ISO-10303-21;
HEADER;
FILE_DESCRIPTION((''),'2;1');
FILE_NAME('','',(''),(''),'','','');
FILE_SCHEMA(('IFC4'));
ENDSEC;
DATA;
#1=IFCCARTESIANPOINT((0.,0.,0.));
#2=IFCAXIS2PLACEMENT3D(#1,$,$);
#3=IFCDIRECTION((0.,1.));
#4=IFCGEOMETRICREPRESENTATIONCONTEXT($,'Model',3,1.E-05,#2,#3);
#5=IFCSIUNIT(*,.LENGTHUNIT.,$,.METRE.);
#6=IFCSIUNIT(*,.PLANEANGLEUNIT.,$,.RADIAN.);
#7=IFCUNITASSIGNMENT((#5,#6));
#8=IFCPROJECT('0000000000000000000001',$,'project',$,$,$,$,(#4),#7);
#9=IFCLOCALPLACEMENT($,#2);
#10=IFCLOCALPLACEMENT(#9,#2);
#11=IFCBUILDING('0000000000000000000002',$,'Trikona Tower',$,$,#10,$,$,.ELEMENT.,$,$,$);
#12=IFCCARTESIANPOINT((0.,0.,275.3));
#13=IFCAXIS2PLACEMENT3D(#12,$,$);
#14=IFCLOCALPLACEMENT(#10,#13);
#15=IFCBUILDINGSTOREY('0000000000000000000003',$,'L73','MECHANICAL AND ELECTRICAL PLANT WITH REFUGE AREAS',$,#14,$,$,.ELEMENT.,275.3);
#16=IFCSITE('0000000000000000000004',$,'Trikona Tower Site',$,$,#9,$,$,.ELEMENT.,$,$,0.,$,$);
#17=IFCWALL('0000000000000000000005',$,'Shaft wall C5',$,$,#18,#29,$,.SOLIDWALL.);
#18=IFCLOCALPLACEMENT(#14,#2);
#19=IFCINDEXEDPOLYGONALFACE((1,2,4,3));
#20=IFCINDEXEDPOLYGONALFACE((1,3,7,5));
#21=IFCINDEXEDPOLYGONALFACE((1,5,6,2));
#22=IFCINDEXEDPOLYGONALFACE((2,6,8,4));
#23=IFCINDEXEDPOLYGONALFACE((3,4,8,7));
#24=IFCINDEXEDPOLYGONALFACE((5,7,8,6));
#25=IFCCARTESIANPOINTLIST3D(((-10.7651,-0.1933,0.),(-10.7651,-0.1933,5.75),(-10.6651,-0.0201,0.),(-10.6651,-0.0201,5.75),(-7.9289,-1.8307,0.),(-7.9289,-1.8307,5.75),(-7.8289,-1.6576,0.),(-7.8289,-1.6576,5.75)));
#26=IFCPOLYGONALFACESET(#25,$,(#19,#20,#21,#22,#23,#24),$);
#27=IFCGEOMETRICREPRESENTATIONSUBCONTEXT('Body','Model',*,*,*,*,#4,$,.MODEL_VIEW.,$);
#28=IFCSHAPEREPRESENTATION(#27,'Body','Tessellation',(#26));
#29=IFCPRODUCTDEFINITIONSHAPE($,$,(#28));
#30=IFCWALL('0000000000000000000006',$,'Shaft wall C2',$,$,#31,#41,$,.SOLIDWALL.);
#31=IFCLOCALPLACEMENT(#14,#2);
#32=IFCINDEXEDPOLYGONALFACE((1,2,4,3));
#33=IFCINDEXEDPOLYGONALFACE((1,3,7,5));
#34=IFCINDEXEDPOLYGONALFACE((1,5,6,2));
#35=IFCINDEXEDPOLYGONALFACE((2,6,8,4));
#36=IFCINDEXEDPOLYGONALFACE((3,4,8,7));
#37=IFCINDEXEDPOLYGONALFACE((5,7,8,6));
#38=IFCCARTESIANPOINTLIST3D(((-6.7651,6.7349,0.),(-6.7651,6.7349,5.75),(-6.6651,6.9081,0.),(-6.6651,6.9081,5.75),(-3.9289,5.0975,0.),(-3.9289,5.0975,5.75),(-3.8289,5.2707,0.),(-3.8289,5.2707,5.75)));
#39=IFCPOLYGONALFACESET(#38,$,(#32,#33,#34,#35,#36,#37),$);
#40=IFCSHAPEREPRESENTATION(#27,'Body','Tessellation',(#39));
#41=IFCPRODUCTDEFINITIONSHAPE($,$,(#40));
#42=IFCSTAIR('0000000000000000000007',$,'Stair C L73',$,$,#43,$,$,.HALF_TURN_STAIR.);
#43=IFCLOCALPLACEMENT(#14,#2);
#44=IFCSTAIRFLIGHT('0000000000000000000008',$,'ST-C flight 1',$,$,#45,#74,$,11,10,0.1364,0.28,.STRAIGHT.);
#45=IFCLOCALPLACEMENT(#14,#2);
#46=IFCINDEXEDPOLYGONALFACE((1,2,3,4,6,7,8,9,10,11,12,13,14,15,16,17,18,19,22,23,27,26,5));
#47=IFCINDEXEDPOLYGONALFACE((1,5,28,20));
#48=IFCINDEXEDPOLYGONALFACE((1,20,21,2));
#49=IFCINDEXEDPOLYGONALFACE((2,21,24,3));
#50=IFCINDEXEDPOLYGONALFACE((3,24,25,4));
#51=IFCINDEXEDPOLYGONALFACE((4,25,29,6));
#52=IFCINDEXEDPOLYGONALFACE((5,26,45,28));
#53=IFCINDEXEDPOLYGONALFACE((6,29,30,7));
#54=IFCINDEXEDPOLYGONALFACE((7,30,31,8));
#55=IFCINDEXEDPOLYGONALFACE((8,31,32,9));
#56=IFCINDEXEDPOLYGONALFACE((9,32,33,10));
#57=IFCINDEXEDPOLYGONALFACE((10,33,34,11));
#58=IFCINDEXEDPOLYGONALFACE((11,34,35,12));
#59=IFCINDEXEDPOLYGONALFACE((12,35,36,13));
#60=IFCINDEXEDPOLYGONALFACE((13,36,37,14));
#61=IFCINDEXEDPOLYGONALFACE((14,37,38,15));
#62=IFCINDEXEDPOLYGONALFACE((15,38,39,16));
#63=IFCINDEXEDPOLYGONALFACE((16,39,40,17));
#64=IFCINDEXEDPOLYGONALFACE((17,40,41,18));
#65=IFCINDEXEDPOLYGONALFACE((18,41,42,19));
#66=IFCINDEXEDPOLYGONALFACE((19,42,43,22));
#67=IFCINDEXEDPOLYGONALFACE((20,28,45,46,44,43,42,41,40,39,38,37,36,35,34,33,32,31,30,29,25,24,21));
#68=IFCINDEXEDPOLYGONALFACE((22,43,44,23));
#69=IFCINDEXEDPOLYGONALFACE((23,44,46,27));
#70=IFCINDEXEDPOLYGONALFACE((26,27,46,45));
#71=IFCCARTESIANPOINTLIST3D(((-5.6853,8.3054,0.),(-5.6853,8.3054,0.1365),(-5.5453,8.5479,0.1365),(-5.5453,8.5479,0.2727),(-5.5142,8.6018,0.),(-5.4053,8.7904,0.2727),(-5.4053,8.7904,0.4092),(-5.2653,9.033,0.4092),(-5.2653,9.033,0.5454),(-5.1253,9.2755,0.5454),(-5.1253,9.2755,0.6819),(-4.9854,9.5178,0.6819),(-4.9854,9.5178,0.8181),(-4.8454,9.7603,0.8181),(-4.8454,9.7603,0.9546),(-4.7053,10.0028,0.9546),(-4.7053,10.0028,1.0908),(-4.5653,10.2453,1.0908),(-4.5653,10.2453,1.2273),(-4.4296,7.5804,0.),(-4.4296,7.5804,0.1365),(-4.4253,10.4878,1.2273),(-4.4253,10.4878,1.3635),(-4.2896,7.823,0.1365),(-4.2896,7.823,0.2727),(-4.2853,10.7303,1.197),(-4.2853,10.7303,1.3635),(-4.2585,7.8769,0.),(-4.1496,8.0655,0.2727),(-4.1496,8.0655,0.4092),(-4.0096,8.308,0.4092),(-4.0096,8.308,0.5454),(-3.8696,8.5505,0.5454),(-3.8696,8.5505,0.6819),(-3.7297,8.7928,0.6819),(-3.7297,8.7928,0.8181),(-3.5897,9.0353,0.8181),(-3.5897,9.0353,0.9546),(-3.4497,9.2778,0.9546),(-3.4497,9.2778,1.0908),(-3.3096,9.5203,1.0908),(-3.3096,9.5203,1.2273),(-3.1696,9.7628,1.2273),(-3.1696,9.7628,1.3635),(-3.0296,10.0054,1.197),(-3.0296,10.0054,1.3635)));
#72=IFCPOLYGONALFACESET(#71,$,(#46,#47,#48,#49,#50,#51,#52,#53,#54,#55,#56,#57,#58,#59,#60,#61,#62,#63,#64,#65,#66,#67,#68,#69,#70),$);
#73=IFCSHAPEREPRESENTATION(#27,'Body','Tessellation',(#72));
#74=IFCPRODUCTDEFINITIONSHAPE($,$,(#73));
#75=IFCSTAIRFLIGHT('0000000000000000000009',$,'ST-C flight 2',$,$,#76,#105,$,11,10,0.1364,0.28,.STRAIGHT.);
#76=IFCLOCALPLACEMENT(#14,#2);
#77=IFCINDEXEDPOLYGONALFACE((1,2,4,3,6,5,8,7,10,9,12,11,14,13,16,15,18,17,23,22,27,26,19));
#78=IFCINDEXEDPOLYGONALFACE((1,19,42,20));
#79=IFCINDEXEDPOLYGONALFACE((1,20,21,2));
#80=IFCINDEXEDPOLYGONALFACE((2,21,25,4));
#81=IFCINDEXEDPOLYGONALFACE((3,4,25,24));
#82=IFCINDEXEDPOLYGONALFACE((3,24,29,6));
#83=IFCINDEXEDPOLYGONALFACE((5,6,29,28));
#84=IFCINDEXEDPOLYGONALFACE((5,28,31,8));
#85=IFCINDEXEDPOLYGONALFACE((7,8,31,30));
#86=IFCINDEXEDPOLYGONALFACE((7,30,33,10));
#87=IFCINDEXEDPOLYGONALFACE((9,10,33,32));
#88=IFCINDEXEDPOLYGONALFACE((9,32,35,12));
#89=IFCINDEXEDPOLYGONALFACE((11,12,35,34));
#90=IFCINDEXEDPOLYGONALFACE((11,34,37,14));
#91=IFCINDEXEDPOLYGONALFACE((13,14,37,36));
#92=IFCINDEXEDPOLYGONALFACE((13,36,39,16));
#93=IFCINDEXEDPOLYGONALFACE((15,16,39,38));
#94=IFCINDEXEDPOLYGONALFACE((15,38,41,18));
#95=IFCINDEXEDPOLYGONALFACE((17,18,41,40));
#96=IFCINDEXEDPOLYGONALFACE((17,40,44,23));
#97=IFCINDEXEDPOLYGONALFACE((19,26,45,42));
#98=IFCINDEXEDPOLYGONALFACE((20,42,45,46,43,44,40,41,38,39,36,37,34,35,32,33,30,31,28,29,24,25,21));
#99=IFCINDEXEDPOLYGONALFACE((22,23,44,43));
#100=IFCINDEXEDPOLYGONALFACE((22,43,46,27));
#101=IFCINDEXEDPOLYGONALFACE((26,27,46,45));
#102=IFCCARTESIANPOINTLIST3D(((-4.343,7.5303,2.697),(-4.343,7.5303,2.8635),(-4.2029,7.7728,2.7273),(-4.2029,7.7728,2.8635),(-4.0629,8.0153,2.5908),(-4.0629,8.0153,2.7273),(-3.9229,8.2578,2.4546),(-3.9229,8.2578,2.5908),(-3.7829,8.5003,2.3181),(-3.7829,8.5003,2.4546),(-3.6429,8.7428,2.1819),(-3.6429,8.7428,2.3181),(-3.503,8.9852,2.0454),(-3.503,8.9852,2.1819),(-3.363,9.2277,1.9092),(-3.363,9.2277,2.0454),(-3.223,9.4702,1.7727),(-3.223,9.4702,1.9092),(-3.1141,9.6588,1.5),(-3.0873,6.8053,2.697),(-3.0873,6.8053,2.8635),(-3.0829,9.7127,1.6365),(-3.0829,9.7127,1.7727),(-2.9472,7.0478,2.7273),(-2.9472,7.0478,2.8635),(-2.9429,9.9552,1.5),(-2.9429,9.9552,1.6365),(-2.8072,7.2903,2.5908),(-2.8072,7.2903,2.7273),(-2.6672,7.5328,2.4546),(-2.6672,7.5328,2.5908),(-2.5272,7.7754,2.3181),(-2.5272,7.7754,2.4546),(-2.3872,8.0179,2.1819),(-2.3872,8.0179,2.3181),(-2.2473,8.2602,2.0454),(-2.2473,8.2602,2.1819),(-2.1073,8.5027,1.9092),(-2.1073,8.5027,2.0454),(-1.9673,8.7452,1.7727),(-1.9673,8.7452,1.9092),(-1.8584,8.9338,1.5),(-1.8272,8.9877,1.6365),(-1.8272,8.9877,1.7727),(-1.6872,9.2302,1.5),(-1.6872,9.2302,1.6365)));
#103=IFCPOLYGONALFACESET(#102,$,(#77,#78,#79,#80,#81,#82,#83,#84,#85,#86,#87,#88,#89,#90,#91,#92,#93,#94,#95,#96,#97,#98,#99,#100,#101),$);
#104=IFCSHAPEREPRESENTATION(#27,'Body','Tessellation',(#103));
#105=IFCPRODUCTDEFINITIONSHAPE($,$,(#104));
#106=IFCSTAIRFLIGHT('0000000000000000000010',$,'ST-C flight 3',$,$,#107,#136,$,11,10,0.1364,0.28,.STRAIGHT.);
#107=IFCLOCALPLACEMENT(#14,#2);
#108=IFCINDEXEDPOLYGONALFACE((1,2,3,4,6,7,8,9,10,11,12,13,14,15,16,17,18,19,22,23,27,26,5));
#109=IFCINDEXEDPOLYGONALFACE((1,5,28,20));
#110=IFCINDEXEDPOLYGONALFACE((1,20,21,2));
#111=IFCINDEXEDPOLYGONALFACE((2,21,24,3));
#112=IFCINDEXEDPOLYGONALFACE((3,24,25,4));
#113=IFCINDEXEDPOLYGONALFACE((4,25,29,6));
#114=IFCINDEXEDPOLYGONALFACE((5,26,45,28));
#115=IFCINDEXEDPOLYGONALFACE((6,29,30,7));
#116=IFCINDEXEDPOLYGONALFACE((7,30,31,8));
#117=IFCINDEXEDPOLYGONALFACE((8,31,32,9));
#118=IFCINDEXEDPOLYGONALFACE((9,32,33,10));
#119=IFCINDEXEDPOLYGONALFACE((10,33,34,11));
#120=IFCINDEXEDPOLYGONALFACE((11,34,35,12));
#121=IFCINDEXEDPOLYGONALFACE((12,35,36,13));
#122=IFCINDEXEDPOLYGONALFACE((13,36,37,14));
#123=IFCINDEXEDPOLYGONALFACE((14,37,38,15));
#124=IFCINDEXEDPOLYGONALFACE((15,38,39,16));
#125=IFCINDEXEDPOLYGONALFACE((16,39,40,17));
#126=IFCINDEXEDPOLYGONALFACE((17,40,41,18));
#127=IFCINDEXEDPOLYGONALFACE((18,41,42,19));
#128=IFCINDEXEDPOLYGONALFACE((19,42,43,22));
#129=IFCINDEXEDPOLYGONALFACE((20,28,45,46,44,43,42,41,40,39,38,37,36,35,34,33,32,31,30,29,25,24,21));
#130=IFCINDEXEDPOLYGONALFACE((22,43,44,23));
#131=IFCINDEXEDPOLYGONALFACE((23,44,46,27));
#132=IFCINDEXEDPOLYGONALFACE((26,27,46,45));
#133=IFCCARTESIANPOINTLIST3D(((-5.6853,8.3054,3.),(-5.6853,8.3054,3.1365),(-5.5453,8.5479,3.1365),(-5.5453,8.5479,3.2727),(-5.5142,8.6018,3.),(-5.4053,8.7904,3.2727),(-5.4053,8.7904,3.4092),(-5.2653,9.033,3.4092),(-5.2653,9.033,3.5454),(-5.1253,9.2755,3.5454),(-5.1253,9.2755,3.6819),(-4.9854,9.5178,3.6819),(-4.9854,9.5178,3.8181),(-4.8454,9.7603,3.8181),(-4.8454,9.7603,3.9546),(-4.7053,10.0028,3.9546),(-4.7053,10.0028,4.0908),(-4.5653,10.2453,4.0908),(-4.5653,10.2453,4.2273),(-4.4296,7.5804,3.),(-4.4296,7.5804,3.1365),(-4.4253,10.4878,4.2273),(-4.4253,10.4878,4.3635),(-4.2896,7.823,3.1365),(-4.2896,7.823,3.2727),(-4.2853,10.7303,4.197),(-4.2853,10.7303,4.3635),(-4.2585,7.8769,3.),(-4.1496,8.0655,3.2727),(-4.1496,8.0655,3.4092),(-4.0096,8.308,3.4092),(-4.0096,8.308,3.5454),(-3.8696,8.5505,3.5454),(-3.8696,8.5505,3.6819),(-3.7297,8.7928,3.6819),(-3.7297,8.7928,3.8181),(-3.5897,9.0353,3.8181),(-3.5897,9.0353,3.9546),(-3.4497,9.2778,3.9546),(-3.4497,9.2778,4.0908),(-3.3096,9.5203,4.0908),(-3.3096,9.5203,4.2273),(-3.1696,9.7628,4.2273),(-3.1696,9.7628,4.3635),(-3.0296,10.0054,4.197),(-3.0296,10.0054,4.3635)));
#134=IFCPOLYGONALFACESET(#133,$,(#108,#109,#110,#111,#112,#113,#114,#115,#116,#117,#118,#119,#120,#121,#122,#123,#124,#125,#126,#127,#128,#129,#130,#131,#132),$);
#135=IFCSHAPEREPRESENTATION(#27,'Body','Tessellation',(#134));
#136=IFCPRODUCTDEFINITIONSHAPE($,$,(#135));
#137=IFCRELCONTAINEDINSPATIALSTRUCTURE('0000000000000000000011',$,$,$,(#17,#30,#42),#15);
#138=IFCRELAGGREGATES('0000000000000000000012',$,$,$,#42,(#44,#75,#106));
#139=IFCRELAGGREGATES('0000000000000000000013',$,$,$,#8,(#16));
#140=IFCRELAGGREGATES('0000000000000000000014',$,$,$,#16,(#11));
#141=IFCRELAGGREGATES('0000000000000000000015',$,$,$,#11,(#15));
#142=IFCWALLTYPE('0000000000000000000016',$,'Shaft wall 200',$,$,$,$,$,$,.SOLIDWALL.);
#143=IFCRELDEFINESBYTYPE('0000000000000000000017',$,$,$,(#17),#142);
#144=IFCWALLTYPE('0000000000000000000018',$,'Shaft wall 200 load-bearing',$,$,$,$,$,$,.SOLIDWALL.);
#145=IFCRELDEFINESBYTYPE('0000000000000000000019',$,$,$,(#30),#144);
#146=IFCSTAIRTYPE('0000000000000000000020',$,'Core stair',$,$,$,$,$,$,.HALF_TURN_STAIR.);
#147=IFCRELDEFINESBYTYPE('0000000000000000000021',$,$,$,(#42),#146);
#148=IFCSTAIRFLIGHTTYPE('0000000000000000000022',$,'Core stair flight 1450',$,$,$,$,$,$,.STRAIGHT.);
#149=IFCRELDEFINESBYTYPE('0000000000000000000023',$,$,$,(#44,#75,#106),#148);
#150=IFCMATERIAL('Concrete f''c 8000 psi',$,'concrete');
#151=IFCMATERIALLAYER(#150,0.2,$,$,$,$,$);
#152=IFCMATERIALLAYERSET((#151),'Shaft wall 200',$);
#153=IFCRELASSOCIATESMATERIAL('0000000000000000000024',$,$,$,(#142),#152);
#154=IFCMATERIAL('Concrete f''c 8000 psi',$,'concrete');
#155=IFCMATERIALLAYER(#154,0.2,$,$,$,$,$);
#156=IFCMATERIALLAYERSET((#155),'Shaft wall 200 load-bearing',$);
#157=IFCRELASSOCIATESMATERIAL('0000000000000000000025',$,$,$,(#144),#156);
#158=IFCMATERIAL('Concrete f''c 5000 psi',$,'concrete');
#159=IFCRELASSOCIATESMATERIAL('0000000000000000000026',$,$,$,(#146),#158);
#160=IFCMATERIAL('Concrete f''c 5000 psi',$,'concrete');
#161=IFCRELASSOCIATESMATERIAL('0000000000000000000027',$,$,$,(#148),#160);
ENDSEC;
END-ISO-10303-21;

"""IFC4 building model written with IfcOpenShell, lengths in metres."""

from ifc_helpers import new_model, si_unit, direction, frame, frame_2d, origin, place, context, subcontext, project, spatial, polyline, rectangle, outline, extrude, material, layer, layer_set, type_object, element, aggregate, save


model = new_model("IFC4")

# Units and contexts
model_context = context("Model", 3, precision=1e-05, world=origin(), true_north=direction((0.0, 1.0)))
body_context = subcontext(model_context, "Body", "Model", "MODEL_VIEW")
ifc_project = project(units=[si_unit("LENGTHUNIT", "METRE"), si_unit("PLANEANGLEUNIT", "RADIAN")], contexts=[model_context])

# Site, building, storey
site_placement = place(None, origin())
site = spatial("IfcSite", under=ifc_project, at=site_placement, Name="Trikona Tower Site", CompositionType="ELEMENT", RefElevation=0.0)
building_placement = place(site_placement, origin())
building = spatial("IfcBuilding", under=site, at=building_placement, Name="Trikona Tower", CompositionType="ELEMENT")
storey_placement = place(building_placement, frame((0.0, 0.0, 275.3)))
storey = spatial("IfcBuildingStorey", under=building, at=storey_placement, Name="L73", Description="MECHANICAL AND ELECTRICAL PLANT WITH REFUGE AREAS", CompositionType="ELEMENT", Elevation=275.3)

# Walls
ifc_material_1 = material(Name="Concrete f'c 8000 psi", Category="concrete")
ifc_layer_1 = layer(ifc_material_1, 0.2)
ifc_layer_set_1 = layer_set([ifc_layer_1], Name="Shaft wall 200")
wall_type_1 = type_object("IfcWallType", Name="Shaft wall 200", PredefinedType="SOLIDWALL", material=ifc_layer_set_1)
for number, where, z_axis, x_axis, name in (
    (1, (-7.8789, -1.7441, 0.0), (0.0, 0.0, 1.0), (-0.866028, 0.499996, 0.0), "Shaft wall C5"),
):
    element("IfcWall", number, at=place(storey_placement, frame(where, z_axis=z_axis, x_axis=x_axis)), inside=storey, type_object=wall_type_1, Name=name, PredefinedType="SOLIDWALL", context=body_context, shape_type="SweptSolid", body=[
        extrude(rectangle(XDim=3.2749, YDim=0.2, at=frame_2d((1.6375, 0.0))), origin(), (0.0, 0.0, 1.0), 5.75),
    ])
ifc_material_2 = material(Name="Concrete f'c 8000 psi", Category="concrete")
ifc_layer_2 = layer(ifc_material_2, 0.2)
ifc_layer_set_2 = layer_set([ifc_layer_2], Name="Shaft wall 200 load-bearing")
wall_type_2 = type_object("IfcWallType", Name="Shaft wall 200 load-bearing", PredefinedType="SOLIDWALL", material=ifc_layer_set_2)
wall_1_placement = place(storey_placement, frame((-3.8789, 5.1841, 0.0), z_axis=(0.0, 0.0, 1.0), x_axis=(-0.866028, 0.499996, 0.0)))
element("IfcWall", 2, at=wall_1_placement, inside=storey, type_object=wall_type_2, Name="Shaft wall C2", PredefinedType="SOLIDWALL", context=body_context, shape_type="SweptSolid", body=[
    extrude(rectangle(XDim=3.2749, YDim=0.2, at=frame_2d((1.6375, 0.0))), origin(), (0.0, 0.0, 1.0), 5.75),
])

# Stair, stair flights
ifc_material_3 = material(Name="Concrete f'c 5000 psi", Category="concrete")
stair_type = type_object("IfcStairType", Name="Core stair", PredefinedType="HALF_TURN_STAIR", material=ifc_material_3)
stair_placement = place(storey_placement, origin())
stair = element("IfcStair", 3, at=stair_placement, inside=storey, type_object=stair_type, Name="Stair C L73", PredefinedType="HALF_TURN_STAIR")
ifc_material_4 = material(Name="Concrete f'c 5000 psi", Category="concrete")
stair_flight_type = type_object("IfcStairFlightType", Name="Core stair flight 1450", PredefinedType="STRAIGHT", material=ifc_material_4)
stair_flight_1_placement = place(storey_placement, frame((-5.0574, 7.9429, 0.0), z_axis=(0.0, 0.0, 1.0), x_axis=(0.5, 0.866025, 0.0)))
stair_flight_1 = element("IfcStairFlight", 4, at=stair_flight_1_placement, type_object=stair_flight_type, Name="ST-C flight 1", NumberOfRisers=11, NumberOfTreads=10, PredefinedType="STRAIGHT", RiserHeight=0.1364, TreadLength=0.28, context=body_context, shape_type="SweptSolid", body=[
    extrude(outline(polyline([(0.0, 0.0), (0.0, 0.1365), (0.28, 0.1365), (0.28, 0.2727), (0.5601, 0.2727), (0.5601, 0.4092), (0.8401, 0.4092), (0.8401, 0.5454), (1.1201, 0.5454), (1.1201, 0.6819), (1.3999, 0.6819), (1.3999, 0.8181), (1.6799, 0.8181), (1.6799, 0.9546), (1.96, 0.9546), (1.96, 1.0908), (2.24, 1.0908), (2.24, 1.2273), (2.52, 1.2273), (2.52, 1.3635), (2.8, 1.3635), (2.8, 1.5), (2.8, 1.197), (0.3423, 0.0), (0.0, 0.0)])), frame((0.0, 0.7251, 0.0), z_axis=(0.0, -1.0, 0.0), x_axis=(1.0, 0.0, 0.0)), (0.0, 0.0, 1.0), 1.45),
])
stair_flight_2_placement = place(storey_placement, frame((-2.3152, 9.5928, 1.5), z_axis=(0.0, 0.0, 1.0), x_axis=(-0.5, -0.866025, 0.0)))
stair_flight_2 = element("IfcStairFlight", 5, at=stair_flight_2_placement, type_object=stair_flight_type, Name="ST-C flight 2", NumberOfRisers=11, NumberOfTreads=10, PredefinedType="STRAIGHT", RiserHeight=0.1364, TreadLength=0.28, context=body_context, shape_type="SweptSolid", body=[
    extrude(outline(polyline([(0.0, 0.0), (0.0, 0.1365), (0.28, 0.1365), (0.28, 0.2727), (0.5601, 0.2727), (0.5601, 0.4092), (0.8401, 0.4092), (0.8401, 0.5454), (1.1201, 0.5454), (1.1201, 0.6819), (1.3999, 0.6819), (1.3999, 0.8181), (1.6799, 0.8181), (1.6799, 0.9546), (1.96, 0.9546), (1.96, 1.0908), (2.24, 1.0908), (2.24, 1.2273), (2.52, 1.2273), (2.52, 1.3635), (2.8, 1.3635), (2.8, 1.5), (2.8, 1.197), (0.3423, 0.0), (0.0, 0.0)])), frame((0.0, 0.7251, 0.0), z_axis=(0.0, -1.0, 0.0), x_axis=(1.0, 0.0, 0.0)), (0.0, 0.0, 1.0), 1.45),
])
stair_flight_3_placement = place(storey_placement, frame((-5.0574, 7.9429, 3.0), z_axis=(0.0, 0.0, 1.0), x_axis=(0.5, 0.866025, 0.0)))
stair_flight_3 = element("IfcStairFlight", 6, at=stair_flight_3_placement, type_object=stair_flight_type, Name="ST-C flight 3", NumberOfRisers=11, NumberOfTreads=10, PredefinedType="STRAIGHT", RiserHeight=0.1364, TreadLength=0.28, context=body_context, shape_type="SweptSolid", body=[
    extrude(outline(polyline([(0.0, 0.0), (0.0, 0.1365), (0.28, 0.1365), (0.28, 0.2727), (0.5601, 0.2727), (0.5601, 0.4092), (0.8401, 0.4092), (0.8401, 0.5454), (1.1201, 0.5454), (1.1201, 0.6819), (1.3999, 0.6819), (1.3999, 0.8181), (1.6799, 0.8181), (1.6799, 0.9546), (1.96, 0.9546), (1.96, 1.0908), (2.24, 1.0908), (2.24, 1.2273), (2.52, 1.2273), (2.52, 1.3635), (2.8, 1.3635), (2.8, 1.5), (2.8, 1.197), (0.3423, 0.0), (0.0, 0.0)])), frame((0.0, 0.7251, 0.0), z_axis=(0.0, -1.0, 0.0), x_axis=(1.0, 0.0, 0.0)), (0.0, 0.0, 1.0), 1.45),
])
aggregate(stair, [stair_flight_1, stair_flight_2, stair_flight_3])

save(model, "model.ifc")
